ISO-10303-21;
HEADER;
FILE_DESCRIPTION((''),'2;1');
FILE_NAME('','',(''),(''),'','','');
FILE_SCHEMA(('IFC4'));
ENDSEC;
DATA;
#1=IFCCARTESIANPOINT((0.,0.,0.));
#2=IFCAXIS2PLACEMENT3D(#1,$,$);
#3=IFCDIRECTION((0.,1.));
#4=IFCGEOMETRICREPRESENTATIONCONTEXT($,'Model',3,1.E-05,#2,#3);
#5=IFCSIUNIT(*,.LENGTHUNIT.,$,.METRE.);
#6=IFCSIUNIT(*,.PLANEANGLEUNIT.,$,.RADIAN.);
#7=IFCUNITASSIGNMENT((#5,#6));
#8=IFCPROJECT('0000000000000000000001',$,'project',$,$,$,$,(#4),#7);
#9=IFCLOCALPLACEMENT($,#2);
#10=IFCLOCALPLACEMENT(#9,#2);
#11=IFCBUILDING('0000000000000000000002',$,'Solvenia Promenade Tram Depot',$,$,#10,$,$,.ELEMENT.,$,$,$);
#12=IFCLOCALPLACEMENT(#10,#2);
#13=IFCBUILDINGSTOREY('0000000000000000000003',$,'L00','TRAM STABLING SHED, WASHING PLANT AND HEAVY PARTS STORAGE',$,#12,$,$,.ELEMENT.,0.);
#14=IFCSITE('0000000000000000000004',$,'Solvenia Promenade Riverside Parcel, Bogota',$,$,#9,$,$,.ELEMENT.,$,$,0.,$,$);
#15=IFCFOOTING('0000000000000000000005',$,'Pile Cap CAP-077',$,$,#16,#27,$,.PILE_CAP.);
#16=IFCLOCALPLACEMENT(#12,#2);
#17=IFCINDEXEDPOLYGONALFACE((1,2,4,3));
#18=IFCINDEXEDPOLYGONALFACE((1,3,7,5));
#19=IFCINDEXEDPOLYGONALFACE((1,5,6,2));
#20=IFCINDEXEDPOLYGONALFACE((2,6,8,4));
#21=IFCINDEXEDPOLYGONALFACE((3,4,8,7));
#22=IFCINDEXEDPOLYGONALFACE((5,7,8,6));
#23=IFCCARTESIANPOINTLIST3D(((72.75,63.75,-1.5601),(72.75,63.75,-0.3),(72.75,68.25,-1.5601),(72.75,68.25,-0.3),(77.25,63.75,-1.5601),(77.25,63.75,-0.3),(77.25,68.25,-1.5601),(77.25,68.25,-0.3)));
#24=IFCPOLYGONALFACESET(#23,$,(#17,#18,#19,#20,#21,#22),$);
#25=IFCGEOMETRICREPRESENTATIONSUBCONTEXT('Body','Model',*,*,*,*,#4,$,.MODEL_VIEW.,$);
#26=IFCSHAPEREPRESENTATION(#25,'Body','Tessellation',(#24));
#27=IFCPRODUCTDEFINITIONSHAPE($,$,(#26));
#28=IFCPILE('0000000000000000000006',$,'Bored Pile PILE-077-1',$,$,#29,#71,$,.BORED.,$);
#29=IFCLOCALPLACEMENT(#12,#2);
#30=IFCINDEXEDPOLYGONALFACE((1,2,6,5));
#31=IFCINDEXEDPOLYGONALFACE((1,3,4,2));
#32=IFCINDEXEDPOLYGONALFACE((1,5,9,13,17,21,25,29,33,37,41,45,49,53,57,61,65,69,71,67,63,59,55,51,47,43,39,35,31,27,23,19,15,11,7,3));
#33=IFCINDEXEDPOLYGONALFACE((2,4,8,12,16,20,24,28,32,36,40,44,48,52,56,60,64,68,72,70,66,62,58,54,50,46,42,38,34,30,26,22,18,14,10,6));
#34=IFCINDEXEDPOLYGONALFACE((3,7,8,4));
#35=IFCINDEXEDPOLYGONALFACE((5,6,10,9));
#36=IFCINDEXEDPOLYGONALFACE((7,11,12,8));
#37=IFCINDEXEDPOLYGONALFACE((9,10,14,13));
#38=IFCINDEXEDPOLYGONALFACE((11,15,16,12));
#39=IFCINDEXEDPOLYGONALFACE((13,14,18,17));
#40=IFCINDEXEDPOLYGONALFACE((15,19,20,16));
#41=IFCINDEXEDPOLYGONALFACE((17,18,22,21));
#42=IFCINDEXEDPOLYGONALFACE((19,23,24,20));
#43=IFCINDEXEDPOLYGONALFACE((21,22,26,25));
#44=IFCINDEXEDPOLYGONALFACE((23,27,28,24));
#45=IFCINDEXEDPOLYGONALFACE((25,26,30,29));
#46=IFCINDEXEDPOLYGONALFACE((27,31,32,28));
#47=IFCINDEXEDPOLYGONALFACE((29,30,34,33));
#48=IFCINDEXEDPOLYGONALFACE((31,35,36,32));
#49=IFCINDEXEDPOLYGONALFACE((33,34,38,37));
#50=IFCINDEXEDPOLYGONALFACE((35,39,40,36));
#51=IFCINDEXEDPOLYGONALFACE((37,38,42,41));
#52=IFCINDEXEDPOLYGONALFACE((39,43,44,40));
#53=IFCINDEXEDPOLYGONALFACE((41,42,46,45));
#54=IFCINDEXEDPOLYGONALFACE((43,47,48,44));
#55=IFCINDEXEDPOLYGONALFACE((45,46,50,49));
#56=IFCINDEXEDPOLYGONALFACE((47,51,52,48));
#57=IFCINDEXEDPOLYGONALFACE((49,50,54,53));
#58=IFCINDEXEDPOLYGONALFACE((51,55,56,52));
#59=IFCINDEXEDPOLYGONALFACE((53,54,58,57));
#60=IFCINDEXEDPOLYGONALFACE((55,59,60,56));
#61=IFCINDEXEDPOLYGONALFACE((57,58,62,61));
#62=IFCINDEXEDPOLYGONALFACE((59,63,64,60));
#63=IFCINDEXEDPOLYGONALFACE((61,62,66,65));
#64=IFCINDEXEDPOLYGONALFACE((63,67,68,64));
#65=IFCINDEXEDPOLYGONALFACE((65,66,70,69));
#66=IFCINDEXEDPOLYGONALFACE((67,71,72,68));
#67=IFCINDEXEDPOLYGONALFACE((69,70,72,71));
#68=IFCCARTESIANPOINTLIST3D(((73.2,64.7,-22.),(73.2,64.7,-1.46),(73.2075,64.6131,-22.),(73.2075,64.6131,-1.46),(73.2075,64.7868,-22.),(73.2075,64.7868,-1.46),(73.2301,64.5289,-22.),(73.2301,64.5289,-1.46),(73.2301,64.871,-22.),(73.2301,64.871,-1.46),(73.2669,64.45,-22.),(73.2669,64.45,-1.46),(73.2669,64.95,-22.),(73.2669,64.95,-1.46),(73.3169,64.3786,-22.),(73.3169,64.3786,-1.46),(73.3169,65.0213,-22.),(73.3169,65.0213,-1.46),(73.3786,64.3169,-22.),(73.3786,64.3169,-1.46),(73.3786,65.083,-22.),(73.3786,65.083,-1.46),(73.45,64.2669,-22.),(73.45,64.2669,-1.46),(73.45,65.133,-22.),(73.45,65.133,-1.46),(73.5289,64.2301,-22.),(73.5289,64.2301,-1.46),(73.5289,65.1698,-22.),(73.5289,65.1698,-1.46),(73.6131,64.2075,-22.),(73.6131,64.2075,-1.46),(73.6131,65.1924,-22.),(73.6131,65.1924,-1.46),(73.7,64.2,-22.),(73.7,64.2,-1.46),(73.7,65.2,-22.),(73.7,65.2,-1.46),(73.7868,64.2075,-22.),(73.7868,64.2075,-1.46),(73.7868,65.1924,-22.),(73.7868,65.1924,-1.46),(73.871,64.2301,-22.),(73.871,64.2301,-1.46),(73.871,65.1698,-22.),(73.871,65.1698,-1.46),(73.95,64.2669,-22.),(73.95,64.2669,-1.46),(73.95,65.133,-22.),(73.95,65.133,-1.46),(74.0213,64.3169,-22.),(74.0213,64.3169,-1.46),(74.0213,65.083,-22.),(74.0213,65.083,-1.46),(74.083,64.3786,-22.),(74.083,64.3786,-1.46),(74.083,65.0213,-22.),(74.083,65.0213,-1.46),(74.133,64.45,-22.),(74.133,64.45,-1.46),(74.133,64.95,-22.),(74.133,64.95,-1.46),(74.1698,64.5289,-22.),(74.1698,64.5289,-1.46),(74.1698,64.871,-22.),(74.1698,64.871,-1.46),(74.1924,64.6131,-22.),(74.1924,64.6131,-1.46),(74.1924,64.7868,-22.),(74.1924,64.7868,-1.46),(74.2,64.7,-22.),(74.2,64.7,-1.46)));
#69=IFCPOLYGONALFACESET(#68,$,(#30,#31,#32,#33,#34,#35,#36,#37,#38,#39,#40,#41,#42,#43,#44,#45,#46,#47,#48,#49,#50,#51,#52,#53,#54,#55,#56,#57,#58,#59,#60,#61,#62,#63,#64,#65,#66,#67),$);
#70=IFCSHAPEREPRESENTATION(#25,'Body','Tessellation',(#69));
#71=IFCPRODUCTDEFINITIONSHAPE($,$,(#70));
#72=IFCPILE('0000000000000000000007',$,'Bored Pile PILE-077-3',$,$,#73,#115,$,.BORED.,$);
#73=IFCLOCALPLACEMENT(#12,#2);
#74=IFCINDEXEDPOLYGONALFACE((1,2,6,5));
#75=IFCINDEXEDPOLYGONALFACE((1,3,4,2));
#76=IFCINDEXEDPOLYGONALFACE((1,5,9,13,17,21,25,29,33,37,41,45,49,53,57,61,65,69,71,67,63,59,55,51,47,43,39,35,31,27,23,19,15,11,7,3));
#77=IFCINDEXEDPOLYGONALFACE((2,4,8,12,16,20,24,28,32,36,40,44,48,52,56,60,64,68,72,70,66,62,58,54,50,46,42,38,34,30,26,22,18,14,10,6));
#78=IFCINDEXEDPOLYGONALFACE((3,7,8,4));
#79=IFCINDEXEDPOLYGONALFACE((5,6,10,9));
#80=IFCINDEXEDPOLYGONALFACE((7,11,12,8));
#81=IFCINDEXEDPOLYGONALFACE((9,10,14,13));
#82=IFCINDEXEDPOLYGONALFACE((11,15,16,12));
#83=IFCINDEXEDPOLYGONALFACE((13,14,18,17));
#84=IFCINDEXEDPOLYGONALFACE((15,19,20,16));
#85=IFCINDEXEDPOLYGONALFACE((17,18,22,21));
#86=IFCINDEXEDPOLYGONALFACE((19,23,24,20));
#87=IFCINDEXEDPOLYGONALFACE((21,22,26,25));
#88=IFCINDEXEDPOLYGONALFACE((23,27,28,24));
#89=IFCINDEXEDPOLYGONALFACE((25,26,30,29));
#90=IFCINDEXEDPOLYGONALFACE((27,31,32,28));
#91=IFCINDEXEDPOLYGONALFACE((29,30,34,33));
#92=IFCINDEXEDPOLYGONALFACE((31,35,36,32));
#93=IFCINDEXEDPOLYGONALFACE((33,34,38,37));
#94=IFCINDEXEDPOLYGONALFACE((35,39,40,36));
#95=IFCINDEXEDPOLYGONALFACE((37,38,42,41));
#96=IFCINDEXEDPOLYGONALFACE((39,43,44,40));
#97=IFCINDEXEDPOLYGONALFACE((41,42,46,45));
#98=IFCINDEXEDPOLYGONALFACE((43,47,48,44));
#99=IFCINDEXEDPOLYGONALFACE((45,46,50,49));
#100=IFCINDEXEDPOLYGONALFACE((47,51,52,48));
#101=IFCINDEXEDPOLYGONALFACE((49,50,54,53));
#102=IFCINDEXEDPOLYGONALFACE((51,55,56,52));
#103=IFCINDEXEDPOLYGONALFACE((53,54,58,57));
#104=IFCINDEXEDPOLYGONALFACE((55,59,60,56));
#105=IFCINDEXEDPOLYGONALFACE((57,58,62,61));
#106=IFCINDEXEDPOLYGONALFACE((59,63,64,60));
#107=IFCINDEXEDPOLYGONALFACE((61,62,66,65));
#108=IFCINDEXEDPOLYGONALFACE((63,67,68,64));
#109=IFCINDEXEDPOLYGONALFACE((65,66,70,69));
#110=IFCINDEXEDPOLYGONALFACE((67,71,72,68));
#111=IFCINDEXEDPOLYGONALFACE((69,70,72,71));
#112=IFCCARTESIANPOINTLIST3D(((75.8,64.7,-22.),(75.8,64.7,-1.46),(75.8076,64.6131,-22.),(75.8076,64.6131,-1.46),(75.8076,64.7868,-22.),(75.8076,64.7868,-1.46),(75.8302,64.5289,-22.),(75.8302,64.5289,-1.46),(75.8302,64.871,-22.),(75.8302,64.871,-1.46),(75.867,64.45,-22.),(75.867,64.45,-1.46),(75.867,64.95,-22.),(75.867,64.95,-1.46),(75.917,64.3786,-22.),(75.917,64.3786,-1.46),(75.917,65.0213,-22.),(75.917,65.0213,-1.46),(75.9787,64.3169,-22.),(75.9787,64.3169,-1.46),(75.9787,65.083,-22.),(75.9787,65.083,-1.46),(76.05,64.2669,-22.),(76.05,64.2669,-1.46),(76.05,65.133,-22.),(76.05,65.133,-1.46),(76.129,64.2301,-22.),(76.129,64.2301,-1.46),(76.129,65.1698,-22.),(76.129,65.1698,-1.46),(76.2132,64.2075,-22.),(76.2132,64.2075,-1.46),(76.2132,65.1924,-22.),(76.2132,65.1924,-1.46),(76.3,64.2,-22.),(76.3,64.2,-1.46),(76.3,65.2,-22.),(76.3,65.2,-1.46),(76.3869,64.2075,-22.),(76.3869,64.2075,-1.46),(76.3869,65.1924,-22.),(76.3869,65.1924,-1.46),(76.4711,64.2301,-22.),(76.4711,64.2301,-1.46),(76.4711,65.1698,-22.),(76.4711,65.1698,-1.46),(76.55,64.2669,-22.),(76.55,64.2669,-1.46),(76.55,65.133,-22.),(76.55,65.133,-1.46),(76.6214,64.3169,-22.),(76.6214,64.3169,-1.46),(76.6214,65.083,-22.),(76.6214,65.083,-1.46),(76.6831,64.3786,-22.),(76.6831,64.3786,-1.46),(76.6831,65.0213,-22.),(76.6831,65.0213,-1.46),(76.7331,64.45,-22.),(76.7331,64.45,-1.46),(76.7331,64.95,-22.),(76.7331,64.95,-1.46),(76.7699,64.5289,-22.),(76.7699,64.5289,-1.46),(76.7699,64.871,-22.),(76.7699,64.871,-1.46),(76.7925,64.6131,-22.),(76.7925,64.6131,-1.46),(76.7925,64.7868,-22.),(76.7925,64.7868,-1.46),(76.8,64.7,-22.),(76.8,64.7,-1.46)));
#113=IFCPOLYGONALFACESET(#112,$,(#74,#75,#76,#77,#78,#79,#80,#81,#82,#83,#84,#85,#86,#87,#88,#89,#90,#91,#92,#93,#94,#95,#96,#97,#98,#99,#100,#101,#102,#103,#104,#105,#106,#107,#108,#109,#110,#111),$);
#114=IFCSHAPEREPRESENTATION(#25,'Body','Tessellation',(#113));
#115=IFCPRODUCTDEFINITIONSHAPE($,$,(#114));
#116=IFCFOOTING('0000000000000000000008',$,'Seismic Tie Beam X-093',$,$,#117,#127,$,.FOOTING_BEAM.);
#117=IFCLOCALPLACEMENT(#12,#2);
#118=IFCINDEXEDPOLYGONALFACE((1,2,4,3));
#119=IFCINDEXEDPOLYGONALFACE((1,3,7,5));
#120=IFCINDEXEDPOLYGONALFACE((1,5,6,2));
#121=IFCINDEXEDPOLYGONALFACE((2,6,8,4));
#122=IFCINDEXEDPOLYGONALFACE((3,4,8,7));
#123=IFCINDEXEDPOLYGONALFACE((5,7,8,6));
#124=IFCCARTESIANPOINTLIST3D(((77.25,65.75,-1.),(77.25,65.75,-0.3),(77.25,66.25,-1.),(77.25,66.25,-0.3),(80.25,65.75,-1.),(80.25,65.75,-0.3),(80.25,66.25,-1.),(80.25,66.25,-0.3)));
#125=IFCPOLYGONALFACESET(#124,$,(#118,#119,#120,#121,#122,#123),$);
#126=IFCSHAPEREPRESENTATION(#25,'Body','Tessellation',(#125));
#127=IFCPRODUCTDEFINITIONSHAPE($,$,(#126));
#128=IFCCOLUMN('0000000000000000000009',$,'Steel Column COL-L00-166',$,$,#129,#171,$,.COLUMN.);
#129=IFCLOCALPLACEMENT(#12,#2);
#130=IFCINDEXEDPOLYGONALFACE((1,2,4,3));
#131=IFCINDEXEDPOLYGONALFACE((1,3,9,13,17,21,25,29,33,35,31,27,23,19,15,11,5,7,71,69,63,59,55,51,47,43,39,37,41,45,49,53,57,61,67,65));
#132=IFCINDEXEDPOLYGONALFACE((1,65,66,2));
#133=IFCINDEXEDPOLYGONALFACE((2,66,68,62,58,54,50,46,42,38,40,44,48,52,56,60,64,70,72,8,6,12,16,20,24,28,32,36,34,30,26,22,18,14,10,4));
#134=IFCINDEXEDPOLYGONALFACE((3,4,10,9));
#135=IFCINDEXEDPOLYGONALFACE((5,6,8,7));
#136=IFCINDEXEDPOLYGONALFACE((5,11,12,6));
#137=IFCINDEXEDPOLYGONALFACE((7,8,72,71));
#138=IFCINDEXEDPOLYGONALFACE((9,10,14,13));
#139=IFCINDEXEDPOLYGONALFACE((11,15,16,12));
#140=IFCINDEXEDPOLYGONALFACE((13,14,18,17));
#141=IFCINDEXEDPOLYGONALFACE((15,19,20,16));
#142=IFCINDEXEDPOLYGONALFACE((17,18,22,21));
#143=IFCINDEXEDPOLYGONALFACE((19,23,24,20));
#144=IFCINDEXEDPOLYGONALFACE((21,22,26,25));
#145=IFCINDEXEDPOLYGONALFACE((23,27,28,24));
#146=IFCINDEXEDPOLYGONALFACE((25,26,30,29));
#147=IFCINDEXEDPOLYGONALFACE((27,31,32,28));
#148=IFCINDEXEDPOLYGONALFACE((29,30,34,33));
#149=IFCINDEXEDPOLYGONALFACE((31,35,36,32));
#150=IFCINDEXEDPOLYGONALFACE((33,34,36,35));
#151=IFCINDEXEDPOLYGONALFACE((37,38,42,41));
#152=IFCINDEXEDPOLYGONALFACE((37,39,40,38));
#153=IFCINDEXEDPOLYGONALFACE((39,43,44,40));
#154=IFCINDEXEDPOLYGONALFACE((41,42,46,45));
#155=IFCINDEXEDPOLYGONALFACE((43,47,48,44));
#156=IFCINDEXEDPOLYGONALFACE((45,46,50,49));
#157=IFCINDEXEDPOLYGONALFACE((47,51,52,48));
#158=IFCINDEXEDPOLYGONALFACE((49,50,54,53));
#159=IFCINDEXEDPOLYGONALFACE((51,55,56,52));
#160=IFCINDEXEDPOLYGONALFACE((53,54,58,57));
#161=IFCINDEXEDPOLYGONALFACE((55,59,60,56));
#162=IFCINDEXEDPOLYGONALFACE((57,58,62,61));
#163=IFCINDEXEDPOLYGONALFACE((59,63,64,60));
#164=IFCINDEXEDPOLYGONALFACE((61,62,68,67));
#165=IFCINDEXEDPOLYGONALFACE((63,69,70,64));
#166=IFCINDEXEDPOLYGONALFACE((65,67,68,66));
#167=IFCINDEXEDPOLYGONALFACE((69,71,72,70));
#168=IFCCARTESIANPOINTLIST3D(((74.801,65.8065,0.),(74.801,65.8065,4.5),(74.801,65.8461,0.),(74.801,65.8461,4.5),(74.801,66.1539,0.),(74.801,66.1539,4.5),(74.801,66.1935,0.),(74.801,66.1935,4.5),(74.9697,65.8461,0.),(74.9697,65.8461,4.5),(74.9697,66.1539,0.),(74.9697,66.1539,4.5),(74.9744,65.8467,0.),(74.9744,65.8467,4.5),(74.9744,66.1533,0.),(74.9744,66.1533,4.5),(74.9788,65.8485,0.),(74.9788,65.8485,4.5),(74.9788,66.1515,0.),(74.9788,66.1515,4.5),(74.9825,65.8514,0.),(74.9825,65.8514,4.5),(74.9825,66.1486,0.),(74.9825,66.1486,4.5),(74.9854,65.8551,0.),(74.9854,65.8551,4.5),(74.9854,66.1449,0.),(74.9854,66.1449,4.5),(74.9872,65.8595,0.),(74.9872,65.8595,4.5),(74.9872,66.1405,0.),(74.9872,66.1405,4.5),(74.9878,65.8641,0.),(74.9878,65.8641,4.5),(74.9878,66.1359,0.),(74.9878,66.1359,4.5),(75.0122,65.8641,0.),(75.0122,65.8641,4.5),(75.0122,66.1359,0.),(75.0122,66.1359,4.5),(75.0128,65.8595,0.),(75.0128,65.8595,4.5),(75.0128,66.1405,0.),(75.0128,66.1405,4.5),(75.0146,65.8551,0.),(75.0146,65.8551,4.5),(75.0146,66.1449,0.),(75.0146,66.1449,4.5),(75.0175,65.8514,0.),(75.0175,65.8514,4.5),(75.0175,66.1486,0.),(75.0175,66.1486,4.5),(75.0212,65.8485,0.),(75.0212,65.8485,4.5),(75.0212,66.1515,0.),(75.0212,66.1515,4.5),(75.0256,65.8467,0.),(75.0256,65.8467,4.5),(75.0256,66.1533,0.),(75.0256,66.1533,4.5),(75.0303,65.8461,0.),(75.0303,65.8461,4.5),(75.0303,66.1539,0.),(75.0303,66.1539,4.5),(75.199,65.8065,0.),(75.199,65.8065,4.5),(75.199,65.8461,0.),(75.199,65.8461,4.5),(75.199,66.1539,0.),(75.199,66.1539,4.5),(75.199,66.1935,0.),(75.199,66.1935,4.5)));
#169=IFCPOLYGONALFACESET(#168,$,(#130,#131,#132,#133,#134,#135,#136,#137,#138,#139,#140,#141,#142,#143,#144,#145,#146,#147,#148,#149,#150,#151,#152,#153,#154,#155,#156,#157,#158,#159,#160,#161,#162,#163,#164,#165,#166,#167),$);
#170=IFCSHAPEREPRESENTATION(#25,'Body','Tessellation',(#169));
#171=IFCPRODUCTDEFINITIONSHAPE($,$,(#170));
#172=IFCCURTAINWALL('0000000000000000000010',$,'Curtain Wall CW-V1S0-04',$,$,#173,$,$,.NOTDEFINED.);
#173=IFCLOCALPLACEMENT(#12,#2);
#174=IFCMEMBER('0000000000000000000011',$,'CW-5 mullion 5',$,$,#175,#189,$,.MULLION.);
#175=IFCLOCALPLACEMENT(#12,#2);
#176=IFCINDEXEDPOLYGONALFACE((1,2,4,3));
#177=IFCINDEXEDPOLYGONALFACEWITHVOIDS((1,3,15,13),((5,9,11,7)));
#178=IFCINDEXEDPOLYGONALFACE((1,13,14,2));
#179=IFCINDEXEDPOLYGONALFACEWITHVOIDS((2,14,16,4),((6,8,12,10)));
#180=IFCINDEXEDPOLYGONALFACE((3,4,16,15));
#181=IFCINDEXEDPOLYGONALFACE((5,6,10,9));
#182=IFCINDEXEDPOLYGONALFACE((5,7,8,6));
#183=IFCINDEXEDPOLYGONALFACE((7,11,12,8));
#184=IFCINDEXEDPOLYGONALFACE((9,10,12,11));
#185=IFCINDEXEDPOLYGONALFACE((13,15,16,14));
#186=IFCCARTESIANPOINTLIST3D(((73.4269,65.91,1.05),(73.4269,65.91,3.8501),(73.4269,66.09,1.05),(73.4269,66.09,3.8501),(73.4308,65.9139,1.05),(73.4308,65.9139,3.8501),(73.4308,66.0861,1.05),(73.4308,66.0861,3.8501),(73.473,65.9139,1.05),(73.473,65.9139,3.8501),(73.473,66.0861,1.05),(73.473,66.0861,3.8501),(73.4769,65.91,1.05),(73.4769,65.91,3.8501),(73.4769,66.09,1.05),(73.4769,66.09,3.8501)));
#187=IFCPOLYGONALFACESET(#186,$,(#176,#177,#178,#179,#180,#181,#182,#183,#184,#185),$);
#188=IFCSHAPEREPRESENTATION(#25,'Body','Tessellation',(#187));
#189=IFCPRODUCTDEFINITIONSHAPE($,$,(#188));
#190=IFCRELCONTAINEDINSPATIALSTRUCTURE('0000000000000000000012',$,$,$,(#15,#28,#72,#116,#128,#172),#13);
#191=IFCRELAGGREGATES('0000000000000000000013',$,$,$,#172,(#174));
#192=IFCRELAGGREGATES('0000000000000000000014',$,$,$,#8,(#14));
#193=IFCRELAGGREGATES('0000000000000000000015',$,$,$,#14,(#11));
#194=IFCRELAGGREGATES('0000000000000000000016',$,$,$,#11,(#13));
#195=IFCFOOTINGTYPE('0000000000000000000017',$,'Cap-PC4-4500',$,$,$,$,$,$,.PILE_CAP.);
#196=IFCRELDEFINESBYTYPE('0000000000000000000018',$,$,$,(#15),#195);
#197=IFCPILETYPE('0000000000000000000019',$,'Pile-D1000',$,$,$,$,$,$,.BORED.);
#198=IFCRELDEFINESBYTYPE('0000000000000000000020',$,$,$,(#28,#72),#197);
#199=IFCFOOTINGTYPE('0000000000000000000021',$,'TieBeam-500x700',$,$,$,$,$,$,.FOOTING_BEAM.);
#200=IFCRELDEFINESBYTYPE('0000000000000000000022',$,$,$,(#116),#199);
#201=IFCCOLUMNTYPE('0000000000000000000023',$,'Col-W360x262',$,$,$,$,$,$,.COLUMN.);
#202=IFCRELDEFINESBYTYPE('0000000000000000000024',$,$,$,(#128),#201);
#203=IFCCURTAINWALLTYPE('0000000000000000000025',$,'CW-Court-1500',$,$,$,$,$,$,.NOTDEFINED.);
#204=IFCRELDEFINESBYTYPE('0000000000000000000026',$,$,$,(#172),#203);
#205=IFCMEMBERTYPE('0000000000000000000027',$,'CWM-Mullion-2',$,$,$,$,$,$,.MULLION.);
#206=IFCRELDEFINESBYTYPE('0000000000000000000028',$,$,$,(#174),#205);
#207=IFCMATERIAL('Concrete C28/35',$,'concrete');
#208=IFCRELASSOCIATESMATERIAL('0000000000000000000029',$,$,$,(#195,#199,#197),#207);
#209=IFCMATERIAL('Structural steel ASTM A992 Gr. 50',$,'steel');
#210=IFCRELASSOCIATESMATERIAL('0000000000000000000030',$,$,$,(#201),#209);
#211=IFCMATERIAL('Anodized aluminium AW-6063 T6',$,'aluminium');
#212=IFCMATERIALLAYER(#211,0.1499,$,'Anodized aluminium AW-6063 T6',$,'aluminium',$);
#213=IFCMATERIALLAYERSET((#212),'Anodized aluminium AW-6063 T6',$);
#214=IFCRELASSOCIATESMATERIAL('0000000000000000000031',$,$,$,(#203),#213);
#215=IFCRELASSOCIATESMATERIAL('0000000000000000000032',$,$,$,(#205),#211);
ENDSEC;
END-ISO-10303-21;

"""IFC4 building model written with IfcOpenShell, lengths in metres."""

from ifc_helpers import new_model, si_unit, direction, frame, origin, origin_2d, place, context, subcontext, project, spatial, rectangle, hollow_rectangle, circle, i_section, extrude, material, layer, layer_set, material_profile, profile_set, type_object, element, aggregate, save


model = new_model("IFC4")

# Units and contexts
model_context = context("Model", 3, precision=1e-05, world=origin(), true_north=direction((0.0, 1.0)))
body_context = subcontext(model_context, "Body", "Model", "MODEL_VIEW")
ifc_project = project(units=[si_unit("LENGTHUNIT", "METRE"), si_unit("PLANEANGLEUNIT", "RADIAN")], contexts=[model_context])

# Site, building, storey
site_placement = place(None, origin())
site = spatial("IfcSite", under=ifc_project, at=site_placement, Name="Solvenia Promenade Riverside Parcel, Bogota", CompositionType="ELEMENT", RefElevation=0.0)
building_placement = place(site_placement, origin())
building = spatial("IfcBuilding", under=site, at=building_placement, Name="Solvenia Promenade Tram Depot", CompositionType="ELEMENT")
storey_placement = place(building_placement, origin())
storey = spatial("IfcBuildingStorey", under=building, at=storey_placement, Name="L00", Description="TRAM STABLING SHED, WASHING PLANT AND HEAVY PARTS STORAGE", CompositionType="ELEMENT", Elevation=0.0)

# Footing
ifc_material_1 = material(Name="Concrete C28/35", Category="concrete")
footing_type_1 = type_object("IfcFootingType", Name="Cap-PC4-4500", PredefinedType="PILE_CAP", material=ifc_material_1)
footing_1_placement = place(storey_placement, frame((75.0, 66.0, -1.5601), z_axis=(0.0, 0.0, 1.0), x_axis=(1.0, 0.0, 0.0)))
element("IfcFooting", 1, at=footing_1_placement, inside=storey, type_object=footing_type_1, Name="Pile Cap CAP-077", PredefinedType="PILE_CAP", context=body_context, shape_type="SweptSolid", body=[
    extrude(rectangle(XDim=4.5, YDim=4.5, at=origin_2d()), origin(), (0.0, 0.0, 1.0), 1.26),
])

# Piles
ifc_material_profile_1 = material_profile(ifc_material_1, circle(Radius=0.5, at=origin_2d()), Name="D1000", Category="concrete")
ifc_profile_set_1 = profile_set([ifc_material_profile_1], Name="Concrete C28/35")
pile_type = type_object("IfcPileType", Name="Pile-D1000", PredefinedType="BORED", material=ifc_profile_set_1)
for number, where, z_axis, x_axis, name in (
    (2, (73.7, 64.7, -1.46), (0.0, 0.0, -1.0), (1.0, 0.0, 0.0), "Bored Pile PILE-077-1"),
    (3, (76.3, 64.7, -1.46), (0.0, 0.0, -1.0), (1.0, 0.0, 0.0), "Bored Pile PILE-077-3"),
):
    element("IfcPile", number, at=place(storey_placement, frame(where, z_axis=z_axis, x_axis=x_axis)), inside=storey, type_object=pile_type, Name=name, PredefinedType="BORED", context=body_context, shape_type="SweptSolid", body=[
        extrude(circle(Radius=0.5, at=origin_2d()), origin(), (0.0, 0.0, 1.0), 20.54),
    ])

# Footing
footing_type_2 = type_object("IfcFootingType", Name="TieBeam-500x700", PredefinedType="FOOTING_BEAM", material=ifc_material_1)
footing_2_placement = place(storey_placement, frame((78.75, 66.0, -1.0), z_axis=(0.0, 0.0, 1.0), x_axis=(1.0, 0.0, 0.0)))
element("IfcFooting", 4, at=footing_2_placement, inside=storey, type_object=footing_type_2, Name="Seismic Tie Beam X-093", PredefinedType="FOOTING_BEAM", context=body_context, shape_type="SweptSolid", body=[
    extrude(rectangle(XDim=3.0, YDim=0.5, at=origin_2d()), origin(), (0.0, 0.0, 1.0), 0.7),
])

# Column
ifc_material_2 = material(Name="Structural steel ASTM A992 Gr. 50", Category="steel")
ifc_material_profile_2 = material_profile(ifc_material_2, i_section(OverallWidth=0.3979, OverallDepth=0.387, WebThickness=0.0244, FlangeThickness=0.0396, FilletRadius=0.0181, at=origin_2d()), Name="W360x262", Category="steel")
ifc_profile_set_2 = profile_set([ifc_material_profile_2], Name="Structural steel ASTM A992 Gr. 50")
column_type = type_object("IfcColumnType", Name="Col-W360x262", PredefinedType="COLUMN", material=ifc_profile_set_2)
column_placement = place(storey_placement, frame((75.0, 66.0, 0.0), z_axis=(0.0, 0.0, 1.0), x_axis=(1.0, 0.0, 0.0)))
element("IfcColumn", 5, at=column_placement, inside=storey, type_object=column_type, Name="Steel Column COL-L00-166", PredefinedType="COLUMN", context=body_context, shape_type="SweptSolid", body=[
    extrude(i_section(OverallWidth=0.3979, OverallDepth=0.387, WebThickness=0.0244, FlangeThickness=0.0396, FilletRadius=0.0181, at=origin_2d()), origin(), (0.0, 0.0, 1.0), 4.5),
])

# Curtain wall, member
ifc_material_3 = material(Name="Anodized aluminium AW-6063 T6", Category="aluminium")
ifc_layer_1 = layer(ifc_material_3, 0.1499, Name="Anodized aluminium AW-6063 T6", Category="aluminium")
ifc_layer_set_1 = layer_set([ifc_layer_1], Name="Anodized aluminium AW-6063 T6")
curtain_wall_type = type_object("IfcCurtainWallType", Name="CW-Court-1500", PredefinedType="NOTDEFINED", material=ifc_layer_set_1)
curtain_wall_1_placement = place(storey_placement, origin())
curtain_wall_1 = element("IfcCurtainWall", 6, at=curtain_wall_1_placement, inside=storey, type_object=curtain_wall_type, Name="Curtain Wall CW-V1S0-04", PredefinedType="NOTDEFINED")
ifc_material_profile_3 = material_profile(ifc_material_3, hollow_rectangle(XDim=0.1799, YDim=0.05, WallThickness=0.0039, at=origin_2d()), Name="ALU-M2", Category="aluminium")
ifc_profile_set_3 = profile_set([ifc_material_profile_3], Name="Anodized aluminium AW-6063 T6")
member_type_1 = type_object("IfcMemberType", Name="CWM-Mullion-2", PredefinedType="MULLION", material=ifc_profile_set_3)
member_1_placement = place(storey_placement, frame((73.4519, 66.0, 1.05), z_axis=(0.0, 0.0, 1.0), x_axis=(0.0, 1.0, 0.0)))
member_1 = element("IfcMember", 7, at=member_1_placement, type_object=member_type_1, Name="CW-5 mullion 5", PredefinedType="MULLION", context=body_context, shape_type="SweptSolid", body=[
    extrude(hollow_rectangle(XDim=0.1799, YDim=0.05, WallThickness=0.0039, at=origin_2d()), origin(), (0.0, 0.0, 1.0), 2.8),
])

aggregate(curtain_wall_1, [member_1])

save(model, "model.ifc")
